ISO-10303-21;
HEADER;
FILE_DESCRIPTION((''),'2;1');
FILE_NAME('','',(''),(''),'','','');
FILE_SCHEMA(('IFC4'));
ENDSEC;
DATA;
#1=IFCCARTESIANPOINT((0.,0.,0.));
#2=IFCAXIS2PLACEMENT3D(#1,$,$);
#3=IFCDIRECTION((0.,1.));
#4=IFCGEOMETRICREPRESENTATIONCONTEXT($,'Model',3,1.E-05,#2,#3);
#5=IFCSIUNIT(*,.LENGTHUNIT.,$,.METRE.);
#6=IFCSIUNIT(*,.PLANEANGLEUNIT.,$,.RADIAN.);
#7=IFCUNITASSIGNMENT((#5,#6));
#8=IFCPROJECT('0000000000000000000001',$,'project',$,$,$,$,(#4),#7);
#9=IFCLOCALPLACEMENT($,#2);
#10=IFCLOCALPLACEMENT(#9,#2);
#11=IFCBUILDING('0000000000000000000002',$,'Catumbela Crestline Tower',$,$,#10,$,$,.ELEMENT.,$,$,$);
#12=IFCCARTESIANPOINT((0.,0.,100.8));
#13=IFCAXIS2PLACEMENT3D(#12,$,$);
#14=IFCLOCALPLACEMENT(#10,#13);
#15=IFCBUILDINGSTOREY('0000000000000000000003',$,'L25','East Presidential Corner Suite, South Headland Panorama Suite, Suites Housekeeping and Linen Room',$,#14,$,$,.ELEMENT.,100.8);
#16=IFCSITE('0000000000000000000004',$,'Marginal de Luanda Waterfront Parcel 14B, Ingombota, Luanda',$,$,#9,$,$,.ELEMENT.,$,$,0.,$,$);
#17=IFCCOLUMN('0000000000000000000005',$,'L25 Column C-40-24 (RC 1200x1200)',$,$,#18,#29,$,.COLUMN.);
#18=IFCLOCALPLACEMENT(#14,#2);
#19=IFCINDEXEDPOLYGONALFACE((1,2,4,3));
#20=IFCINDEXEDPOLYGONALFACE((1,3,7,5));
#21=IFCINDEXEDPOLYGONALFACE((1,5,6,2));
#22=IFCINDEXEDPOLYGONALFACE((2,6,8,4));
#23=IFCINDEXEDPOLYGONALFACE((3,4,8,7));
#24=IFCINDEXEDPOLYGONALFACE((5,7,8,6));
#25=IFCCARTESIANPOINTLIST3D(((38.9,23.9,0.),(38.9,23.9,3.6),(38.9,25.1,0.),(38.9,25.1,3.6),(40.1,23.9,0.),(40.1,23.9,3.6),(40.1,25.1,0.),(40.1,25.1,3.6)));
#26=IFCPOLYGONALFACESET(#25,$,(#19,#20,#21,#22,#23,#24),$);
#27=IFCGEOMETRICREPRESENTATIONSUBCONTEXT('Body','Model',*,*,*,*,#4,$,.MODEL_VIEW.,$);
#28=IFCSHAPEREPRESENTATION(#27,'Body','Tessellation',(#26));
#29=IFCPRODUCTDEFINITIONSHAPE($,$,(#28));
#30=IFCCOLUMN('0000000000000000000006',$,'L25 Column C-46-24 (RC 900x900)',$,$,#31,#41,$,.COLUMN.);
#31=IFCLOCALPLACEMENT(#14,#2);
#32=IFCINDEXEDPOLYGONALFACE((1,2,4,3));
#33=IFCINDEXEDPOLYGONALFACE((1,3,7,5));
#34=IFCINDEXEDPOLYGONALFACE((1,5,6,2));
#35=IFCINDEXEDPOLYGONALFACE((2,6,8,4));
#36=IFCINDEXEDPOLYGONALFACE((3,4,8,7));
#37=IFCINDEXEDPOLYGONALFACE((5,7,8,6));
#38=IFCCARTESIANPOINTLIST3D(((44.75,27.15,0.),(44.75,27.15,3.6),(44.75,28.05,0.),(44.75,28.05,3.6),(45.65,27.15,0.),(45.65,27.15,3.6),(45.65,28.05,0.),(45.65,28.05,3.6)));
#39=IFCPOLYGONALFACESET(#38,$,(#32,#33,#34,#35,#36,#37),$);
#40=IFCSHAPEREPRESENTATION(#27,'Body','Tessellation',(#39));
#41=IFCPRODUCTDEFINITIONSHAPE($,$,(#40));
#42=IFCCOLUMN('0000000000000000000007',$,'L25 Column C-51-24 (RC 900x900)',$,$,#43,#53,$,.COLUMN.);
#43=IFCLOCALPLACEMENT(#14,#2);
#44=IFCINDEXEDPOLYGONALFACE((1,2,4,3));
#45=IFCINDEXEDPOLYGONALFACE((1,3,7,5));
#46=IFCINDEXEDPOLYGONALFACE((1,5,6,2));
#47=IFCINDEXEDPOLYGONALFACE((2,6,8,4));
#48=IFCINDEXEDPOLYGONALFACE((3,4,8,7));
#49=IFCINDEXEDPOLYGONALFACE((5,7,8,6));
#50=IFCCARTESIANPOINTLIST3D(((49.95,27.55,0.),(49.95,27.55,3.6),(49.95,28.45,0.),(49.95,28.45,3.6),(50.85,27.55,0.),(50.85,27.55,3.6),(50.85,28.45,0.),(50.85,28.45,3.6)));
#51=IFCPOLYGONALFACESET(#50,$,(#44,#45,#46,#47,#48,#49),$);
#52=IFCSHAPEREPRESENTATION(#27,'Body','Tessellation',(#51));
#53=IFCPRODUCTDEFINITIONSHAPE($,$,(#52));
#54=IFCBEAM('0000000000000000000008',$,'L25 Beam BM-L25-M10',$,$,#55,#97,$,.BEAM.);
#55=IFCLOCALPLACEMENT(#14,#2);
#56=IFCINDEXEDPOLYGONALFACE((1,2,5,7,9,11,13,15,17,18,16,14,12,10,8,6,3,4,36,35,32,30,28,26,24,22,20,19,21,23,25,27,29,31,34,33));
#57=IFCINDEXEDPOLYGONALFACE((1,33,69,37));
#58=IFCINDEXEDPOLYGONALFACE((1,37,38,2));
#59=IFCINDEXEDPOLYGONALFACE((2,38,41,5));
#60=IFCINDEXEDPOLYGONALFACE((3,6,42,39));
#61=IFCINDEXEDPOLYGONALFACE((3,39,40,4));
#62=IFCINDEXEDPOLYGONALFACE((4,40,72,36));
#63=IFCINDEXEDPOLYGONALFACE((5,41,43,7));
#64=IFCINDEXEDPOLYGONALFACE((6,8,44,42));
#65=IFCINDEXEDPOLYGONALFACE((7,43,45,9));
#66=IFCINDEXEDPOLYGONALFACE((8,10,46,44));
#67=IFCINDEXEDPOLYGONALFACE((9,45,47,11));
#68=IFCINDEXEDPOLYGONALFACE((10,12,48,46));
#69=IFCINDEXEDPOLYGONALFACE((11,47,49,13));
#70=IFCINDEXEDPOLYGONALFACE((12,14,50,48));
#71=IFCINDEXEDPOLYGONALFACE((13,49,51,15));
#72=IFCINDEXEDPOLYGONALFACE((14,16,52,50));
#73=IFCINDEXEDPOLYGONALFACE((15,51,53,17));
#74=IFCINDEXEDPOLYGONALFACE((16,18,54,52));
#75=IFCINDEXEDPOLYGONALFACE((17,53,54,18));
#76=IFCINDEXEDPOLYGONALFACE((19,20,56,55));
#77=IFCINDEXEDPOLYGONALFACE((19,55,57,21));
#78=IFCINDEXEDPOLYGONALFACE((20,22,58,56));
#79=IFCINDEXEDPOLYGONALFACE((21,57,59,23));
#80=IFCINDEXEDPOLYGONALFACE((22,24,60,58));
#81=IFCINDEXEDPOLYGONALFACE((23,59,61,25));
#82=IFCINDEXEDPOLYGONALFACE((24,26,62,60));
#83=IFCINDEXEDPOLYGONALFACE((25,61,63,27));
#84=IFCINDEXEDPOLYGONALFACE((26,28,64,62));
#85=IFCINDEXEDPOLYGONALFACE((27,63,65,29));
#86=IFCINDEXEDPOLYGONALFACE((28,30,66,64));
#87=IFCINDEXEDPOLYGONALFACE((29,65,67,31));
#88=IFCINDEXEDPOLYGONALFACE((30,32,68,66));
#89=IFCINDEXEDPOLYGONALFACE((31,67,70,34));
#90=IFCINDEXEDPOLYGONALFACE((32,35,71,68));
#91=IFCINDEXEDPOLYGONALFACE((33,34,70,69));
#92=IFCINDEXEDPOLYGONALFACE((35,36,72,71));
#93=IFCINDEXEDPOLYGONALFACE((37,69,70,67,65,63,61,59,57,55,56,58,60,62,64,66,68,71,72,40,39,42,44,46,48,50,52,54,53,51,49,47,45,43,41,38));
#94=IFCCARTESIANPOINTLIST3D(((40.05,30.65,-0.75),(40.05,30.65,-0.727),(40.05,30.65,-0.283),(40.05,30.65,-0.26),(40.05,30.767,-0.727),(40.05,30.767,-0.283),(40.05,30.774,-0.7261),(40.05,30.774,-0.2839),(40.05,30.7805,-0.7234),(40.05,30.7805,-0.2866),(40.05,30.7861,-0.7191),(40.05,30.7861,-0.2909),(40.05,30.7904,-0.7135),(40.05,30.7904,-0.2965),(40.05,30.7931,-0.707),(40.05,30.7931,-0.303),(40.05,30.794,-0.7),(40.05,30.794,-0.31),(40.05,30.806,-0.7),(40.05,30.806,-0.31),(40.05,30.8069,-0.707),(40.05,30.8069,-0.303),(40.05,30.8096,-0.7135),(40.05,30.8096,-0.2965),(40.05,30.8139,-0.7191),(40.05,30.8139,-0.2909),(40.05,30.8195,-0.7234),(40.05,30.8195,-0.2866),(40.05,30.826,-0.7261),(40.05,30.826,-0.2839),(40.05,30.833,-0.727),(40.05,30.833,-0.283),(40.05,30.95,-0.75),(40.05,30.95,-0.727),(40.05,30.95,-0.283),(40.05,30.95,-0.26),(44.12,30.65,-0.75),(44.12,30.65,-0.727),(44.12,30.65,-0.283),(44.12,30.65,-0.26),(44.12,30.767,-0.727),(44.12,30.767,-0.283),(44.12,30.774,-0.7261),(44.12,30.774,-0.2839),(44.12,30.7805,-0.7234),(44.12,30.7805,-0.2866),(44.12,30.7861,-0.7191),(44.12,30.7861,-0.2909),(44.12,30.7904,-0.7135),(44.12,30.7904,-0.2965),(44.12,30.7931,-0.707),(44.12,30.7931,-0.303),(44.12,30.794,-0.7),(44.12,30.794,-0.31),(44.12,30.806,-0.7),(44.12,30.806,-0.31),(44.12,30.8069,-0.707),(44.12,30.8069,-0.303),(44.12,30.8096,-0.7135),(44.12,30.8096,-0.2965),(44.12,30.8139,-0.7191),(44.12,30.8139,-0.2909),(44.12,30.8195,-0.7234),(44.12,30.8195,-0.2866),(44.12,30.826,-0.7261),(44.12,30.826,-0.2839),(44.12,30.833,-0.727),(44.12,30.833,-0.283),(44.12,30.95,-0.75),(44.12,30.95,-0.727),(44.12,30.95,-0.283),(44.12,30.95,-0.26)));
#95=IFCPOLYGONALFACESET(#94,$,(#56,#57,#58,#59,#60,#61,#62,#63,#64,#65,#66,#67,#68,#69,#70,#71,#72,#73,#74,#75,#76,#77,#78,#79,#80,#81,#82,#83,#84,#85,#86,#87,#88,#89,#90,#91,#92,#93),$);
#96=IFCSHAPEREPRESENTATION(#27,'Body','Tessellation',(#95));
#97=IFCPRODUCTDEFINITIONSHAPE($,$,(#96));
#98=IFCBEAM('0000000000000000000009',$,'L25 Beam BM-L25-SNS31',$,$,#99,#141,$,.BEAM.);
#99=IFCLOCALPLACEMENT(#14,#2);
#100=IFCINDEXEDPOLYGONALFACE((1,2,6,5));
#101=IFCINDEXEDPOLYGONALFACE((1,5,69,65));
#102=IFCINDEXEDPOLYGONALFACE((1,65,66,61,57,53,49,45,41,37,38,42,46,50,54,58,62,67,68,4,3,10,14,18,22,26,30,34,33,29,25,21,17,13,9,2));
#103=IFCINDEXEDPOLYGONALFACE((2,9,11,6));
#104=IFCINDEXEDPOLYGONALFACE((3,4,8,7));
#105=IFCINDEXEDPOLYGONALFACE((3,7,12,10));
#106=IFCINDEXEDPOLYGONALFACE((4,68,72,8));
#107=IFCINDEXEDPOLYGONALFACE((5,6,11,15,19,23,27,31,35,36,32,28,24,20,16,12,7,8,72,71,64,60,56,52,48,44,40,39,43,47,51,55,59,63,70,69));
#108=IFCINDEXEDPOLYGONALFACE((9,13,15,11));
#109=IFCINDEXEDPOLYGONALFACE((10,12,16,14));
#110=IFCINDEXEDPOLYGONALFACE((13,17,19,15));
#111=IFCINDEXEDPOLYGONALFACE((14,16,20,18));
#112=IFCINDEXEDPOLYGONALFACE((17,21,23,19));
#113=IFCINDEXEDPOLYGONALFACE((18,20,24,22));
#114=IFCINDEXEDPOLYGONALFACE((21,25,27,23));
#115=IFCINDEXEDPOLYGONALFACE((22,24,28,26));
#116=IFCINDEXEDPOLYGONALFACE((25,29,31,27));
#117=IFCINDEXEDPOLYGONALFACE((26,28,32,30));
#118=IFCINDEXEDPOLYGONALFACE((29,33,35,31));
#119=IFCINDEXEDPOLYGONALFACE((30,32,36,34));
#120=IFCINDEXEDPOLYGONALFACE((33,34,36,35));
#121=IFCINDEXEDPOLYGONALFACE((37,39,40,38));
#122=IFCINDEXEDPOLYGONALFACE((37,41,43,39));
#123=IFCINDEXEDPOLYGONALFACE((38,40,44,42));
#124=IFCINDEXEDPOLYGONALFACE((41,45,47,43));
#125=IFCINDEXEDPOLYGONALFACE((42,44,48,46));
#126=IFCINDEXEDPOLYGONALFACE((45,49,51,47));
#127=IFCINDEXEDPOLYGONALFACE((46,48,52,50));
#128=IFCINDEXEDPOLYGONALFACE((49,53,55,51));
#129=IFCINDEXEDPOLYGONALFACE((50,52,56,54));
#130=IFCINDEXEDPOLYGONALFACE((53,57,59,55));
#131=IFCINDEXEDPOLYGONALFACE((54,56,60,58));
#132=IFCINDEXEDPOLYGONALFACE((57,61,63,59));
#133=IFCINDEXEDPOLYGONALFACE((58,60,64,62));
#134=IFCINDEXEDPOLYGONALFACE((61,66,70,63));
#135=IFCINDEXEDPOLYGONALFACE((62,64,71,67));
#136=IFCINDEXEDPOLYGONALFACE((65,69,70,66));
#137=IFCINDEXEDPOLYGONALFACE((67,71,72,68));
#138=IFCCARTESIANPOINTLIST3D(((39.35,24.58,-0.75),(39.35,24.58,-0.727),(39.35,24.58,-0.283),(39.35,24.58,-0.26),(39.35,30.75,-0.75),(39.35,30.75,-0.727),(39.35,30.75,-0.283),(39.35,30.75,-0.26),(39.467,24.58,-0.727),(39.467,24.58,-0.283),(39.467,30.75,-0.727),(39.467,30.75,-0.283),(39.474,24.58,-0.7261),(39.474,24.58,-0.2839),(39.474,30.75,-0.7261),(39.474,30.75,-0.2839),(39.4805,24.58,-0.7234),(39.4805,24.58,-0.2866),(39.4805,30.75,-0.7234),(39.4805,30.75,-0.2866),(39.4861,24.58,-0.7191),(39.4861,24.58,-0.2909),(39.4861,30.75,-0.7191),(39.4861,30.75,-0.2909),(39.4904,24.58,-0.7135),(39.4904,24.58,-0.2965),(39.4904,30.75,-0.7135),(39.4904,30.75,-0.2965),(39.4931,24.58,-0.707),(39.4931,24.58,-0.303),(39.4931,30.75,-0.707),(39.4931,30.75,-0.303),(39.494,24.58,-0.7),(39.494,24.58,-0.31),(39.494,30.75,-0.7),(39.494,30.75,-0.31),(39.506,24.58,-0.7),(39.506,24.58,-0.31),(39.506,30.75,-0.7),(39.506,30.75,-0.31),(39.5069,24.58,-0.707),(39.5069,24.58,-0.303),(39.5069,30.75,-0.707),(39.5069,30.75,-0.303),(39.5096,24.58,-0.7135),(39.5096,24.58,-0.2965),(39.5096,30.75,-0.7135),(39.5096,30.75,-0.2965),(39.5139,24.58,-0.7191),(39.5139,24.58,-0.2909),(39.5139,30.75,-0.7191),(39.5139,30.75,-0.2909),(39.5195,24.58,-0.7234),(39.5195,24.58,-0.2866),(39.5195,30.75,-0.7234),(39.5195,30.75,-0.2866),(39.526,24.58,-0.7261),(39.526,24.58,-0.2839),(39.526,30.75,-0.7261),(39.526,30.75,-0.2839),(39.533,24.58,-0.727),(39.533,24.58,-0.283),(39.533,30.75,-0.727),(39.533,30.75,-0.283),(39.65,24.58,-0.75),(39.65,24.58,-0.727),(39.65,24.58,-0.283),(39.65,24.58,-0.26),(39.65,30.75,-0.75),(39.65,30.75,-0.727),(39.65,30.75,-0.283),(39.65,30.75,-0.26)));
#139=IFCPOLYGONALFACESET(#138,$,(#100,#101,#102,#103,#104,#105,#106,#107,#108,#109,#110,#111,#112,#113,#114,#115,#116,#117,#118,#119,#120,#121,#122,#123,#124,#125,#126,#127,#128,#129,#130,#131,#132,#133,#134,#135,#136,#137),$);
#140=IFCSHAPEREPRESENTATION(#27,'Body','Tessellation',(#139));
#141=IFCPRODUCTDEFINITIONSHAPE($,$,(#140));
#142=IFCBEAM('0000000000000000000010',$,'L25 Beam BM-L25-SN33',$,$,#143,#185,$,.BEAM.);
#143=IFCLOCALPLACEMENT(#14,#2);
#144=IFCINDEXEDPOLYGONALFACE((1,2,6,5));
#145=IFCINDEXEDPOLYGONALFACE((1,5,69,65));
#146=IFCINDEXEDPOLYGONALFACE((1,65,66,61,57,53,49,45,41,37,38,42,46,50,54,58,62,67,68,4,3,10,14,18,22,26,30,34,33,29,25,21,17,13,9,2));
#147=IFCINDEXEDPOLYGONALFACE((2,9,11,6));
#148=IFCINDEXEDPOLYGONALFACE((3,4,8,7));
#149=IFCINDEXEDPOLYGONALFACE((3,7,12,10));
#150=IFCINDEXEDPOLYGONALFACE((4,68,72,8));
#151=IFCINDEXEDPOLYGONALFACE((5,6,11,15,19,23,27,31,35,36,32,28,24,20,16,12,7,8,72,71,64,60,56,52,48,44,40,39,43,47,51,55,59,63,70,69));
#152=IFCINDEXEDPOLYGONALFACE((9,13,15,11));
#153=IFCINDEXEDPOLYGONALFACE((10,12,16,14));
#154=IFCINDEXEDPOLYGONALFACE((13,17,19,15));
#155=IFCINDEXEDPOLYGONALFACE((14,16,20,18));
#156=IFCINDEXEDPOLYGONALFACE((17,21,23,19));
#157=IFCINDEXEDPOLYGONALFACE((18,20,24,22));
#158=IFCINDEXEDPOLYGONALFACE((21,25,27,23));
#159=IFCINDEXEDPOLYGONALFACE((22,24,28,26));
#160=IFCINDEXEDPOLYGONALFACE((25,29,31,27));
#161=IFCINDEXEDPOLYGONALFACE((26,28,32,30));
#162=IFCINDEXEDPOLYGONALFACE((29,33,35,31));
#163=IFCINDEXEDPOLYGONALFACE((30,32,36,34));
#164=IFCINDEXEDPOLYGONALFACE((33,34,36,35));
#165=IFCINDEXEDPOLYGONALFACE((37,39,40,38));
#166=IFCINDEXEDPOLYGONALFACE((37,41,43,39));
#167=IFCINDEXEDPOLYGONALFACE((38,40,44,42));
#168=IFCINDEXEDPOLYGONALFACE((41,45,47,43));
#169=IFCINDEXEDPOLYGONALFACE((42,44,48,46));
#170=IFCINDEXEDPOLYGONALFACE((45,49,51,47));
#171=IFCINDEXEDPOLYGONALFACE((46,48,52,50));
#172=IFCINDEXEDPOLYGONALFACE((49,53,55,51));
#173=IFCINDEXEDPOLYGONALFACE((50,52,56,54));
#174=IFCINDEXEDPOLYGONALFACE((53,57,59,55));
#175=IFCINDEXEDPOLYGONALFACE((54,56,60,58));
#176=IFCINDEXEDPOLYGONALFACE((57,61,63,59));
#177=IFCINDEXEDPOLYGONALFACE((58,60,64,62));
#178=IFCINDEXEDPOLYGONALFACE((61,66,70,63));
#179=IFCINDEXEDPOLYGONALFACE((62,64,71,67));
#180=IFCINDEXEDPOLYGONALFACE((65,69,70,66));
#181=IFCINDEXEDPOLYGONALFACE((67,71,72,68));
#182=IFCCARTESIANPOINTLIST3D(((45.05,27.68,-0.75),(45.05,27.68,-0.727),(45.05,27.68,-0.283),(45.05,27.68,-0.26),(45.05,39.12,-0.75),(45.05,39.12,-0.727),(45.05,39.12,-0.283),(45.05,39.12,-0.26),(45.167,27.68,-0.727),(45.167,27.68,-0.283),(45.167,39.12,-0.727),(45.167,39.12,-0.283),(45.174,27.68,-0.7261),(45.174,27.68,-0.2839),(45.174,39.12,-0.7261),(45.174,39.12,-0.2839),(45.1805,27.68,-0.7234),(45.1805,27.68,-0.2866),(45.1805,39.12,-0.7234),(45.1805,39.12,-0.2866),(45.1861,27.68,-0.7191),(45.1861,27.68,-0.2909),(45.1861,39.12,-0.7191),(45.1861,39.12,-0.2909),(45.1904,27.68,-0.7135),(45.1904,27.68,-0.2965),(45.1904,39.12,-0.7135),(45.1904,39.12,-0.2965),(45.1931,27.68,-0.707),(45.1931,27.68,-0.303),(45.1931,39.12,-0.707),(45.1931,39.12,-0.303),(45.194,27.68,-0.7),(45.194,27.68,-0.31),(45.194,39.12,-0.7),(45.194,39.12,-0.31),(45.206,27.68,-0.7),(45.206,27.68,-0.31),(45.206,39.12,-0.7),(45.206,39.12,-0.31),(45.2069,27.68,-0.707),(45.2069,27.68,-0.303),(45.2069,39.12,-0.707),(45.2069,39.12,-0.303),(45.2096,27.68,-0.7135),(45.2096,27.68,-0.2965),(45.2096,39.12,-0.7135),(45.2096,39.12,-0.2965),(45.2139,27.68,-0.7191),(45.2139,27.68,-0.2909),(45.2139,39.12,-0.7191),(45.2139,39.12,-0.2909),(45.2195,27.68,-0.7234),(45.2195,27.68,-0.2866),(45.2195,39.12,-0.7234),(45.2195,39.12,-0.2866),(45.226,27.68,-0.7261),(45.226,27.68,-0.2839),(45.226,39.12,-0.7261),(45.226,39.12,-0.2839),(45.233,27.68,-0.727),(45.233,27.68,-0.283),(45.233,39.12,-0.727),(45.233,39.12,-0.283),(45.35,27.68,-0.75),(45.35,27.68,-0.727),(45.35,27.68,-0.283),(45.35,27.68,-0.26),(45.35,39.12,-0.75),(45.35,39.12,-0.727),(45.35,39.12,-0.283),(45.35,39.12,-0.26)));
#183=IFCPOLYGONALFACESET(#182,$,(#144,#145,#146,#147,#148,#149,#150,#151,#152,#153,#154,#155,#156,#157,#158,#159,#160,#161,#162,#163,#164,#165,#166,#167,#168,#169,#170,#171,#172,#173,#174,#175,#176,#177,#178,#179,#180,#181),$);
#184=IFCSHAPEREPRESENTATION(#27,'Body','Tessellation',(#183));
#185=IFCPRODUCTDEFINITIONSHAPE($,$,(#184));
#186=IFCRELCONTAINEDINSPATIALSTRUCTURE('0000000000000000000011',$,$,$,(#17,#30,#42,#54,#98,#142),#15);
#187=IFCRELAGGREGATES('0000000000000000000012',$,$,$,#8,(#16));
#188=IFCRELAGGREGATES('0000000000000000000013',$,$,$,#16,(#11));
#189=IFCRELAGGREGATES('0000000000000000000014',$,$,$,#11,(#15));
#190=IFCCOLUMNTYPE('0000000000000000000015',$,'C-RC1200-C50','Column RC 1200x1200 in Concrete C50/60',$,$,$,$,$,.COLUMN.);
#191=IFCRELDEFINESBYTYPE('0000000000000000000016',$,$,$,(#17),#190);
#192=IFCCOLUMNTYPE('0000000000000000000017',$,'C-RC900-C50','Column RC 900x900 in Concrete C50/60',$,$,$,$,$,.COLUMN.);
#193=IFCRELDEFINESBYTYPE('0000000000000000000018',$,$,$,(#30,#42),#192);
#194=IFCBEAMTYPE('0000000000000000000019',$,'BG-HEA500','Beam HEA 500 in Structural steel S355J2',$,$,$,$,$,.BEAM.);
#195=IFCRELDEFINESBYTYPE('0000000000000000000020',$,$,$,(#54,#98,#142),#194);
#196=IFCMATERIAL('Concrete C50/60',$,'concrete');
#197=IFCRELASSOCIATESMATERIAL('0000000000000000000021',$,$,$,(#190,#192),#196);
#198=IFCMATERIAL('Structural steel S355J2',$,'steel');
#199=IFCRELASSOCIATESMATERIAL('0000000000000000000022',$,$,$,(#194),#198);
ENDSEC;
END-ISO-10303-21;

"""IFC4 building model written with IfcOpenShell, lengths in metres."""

from ifc_helpers import new_model, si_unit, direction, frame, origin, origin_2d, place, context, subcontext, project, spatial, rectangle, i_section, extrude, material, material_profile, profile_set, type_object, element, save


model = new_model("IFC4")

# Units and contexts
model_context = context("Model", 3, precision=1e-05, world=origin(), true_north=direction((0.0, 1.0)))
body_context = subcontext(model_context, "Body", "Model", "MODEL_VIEW")
ifc_project = project(units=[si_unit("LENGTHUNIT", "METRE"), si_unit("PLANEANGLEUNIT", "RADIAN")], contexts=[model_context])

# Site, building, storey
site_placement = place(None, origin())
site = spatial("IfcSite", under=ifc_project, at=site_placement, Name="Marginal de Luanda Waterfront Parcel 14B, Ingombota, Luanda", CompositionType="ELEMENT", RefElevation=0.0)
building_placement = place(site_placement, origin())
building = spatial("IfcBuilding", under=site, at=building_placement, Name="Catumbela Crestline Tower", CompositionType="ELEMENT")
storey_placement = place(building_placement, frame((0.0, 0.0, 100.8)))
storey = spatial("IfcBuildingStorey", under=building, at=storey_placement, Name="L25", Description="East Presidential Corner Suite, South Headland Panorama Suite, Suites Housekeeping and Linen Room", CompositionType="ELEMENT", Elevation=100.8)

# Columns
ifc_material_1 = material(Name="Concrete C50/60", Category="concrete")
ifc_material_profile_1 = material_profile(ifc_material_1, rectangle(XDim=1.2, YDim=1.2, at=origin_2d()), Name="RC 1200x1200")
ifc_profile_set_1 = profile_set([ifc_material_profile_1], Name="Concrete C50/60")
column_type_1 = type_object("IfcColumnType", Name="C-RC1200-C50", Description="Column RC 1200x1200 in Concrete C50/60", PredefinedType="COLUMN", material=ifc_profile_set_1)
column_placement = place(storey_placement, frame((39.5, 24.5, 0.0), z_axis=(0.0, 0.0, 1.0), x_axis=(1.0, 0.0, 0.0)))
element("IfcColumn", 1, at=column_placement, inside=storey, type_object=column_type_1, Name="L25 Column C-40-24 (RC 1200x1200)", PredefinedType="COLUMN", context=body_context, shape_type="SweptSolid", body=[
    extrude(rectangle(XDim=1.2, YDim=1.2, at=origin_2d()), origin(), (0.0, 0.0, 1.0), 3.6),
])
ifc_material_profile_2 = material_profile(ifc_material_1, rectangle(XDim=0.9, YDim=0.9, at=origin_2d()), Name="RC 900x900")
ifc_profile_set_2 = profile_set([ifc_material_profile_2], Name="Concrete C50/60")
column_type_2 = type_object("IfcColumnType", Name="C-RC900-C50", Description="Column RC 900x900 in Concrete C50/60", PredefinedType="COLUMN", material=ifc_profile_set_2)
for number, where, z_axis, x_axis, name in (
    (2, (45.2, 27.6, 0.0), (0.0, 0.0, 1.0), (1.0, 0.0, 0.0), "L25 Column C-46-24 (RC 900x900)"),
    (3, (50.4, 28.0, 0.0), (0.0, 0.0, 1.0), (1.0, 0.0, 0.0), "L25 Column C-51-24 (RC 900x900)"),
):
    element("IfcColumn", number, at=place(storey_placement, frame(where, z_axis=z_axis, x_axis=x_axis)), inside=storey, type_object=column_type_2, Name=name, PredefinedType="COLUMN", context=body_context, shape_type="SweptSolid", body=[
        extrude(rectangle(XDim=0.9, YDim=0.9, at=origin_2d()), origin(), (0.0, 0.0, 1.0), 3.6),
    ])

# Beams
ifc_material_2 = material(Name="Structural steel S355J2", Category="steel")
ifc_material_profile_3 = material_profile(ifc_material_2, i_section(OverallWidth=0.3, OverallDepth=0.49, WebThickness=0.012, FlangeThickness=0.023, FilletRadius=0.027, at=origin_2d()), Name="HEA 500")
ifc_profile_set_3 = profile_set([ifc_material_profile_3], Name="Structural steel S355J2")
beam_type_1 = type_object("IfcBeamType", Name="BG-HEA500", Description="Beam HEA 500 in Structural steel S355J2", PredefinedType="BEAM", material=ifc_profile_set_3)
beam_1_placement = place(storey_placement, frame((40.05, 30.8, -0.505), z_axis=(1.0, 0.0, 0.0), x_axis=(0.0, 1.0, 0.0)))
element("IfcBeam", 4, at=beam_1_placement, inside=storey, type_object=beam_type_1, Name="L25 Beam BM-L25-M10", PredefinedType="BEAM", context=body_context, shape_type="SweptSolid", body=[
    extrude(i_section(OverallWidth=0.3, OverallDepth=0.49, WebThickness=0.012, FlangeThickness=0.023, FilletRadius=0.027, at=origin_2d()), origin(), (0.0, 0.0, 1.0), 4.07),
])
beam_2_placement = place(storey_placement, frame((39.5, 24.58, -0.505), z_axis=(0.0, 1.0, 0.0), x_axis=(-1.0, 0.0, 0.0)))
element("IfcBeam", 5, at=beam_2_placement, inside=storey, type_object=beam_type_1, Name="L25 Beam BM-L25-SNS31", PredefinedType="BEAM", context=body_context, shape_type="SweptSolid", body=[
    extrude(i_section(OverallWidth=0.3, OverallDepth=0.49, WebThickness=0.012, FlangeThickness=0.023, FilletRadius=0.027, at=origin_2d()), origin(), (0.0, 0.0, 1.0), 6.17),
])
beam_3_placement = place(storey_placement, frame((45.2, 27.68, -0.505), z_axis=(0.0, 1.0, 0.0), x_axis=(-1.0, 0.0, 0.0)))
element("IfcBeam", 6, at=beam_3_placement, inside=storey, type_object=beam_type_1, Name="L25 Beam BM-L25-SN33", PredefinedType="BEAM", context=body_context, shape_type="SweptSolid", body=[
    extrude(i_section(OverallWidth=0.3, OverallDepth=0.49, WebThickness=0.012, FlangeThickness=0.023, FilletRadius=0.027, at=origin_2d()), origin(), (0.0, 0.0, 1.0), 11.44),
])

save(model, "model.ifc")
